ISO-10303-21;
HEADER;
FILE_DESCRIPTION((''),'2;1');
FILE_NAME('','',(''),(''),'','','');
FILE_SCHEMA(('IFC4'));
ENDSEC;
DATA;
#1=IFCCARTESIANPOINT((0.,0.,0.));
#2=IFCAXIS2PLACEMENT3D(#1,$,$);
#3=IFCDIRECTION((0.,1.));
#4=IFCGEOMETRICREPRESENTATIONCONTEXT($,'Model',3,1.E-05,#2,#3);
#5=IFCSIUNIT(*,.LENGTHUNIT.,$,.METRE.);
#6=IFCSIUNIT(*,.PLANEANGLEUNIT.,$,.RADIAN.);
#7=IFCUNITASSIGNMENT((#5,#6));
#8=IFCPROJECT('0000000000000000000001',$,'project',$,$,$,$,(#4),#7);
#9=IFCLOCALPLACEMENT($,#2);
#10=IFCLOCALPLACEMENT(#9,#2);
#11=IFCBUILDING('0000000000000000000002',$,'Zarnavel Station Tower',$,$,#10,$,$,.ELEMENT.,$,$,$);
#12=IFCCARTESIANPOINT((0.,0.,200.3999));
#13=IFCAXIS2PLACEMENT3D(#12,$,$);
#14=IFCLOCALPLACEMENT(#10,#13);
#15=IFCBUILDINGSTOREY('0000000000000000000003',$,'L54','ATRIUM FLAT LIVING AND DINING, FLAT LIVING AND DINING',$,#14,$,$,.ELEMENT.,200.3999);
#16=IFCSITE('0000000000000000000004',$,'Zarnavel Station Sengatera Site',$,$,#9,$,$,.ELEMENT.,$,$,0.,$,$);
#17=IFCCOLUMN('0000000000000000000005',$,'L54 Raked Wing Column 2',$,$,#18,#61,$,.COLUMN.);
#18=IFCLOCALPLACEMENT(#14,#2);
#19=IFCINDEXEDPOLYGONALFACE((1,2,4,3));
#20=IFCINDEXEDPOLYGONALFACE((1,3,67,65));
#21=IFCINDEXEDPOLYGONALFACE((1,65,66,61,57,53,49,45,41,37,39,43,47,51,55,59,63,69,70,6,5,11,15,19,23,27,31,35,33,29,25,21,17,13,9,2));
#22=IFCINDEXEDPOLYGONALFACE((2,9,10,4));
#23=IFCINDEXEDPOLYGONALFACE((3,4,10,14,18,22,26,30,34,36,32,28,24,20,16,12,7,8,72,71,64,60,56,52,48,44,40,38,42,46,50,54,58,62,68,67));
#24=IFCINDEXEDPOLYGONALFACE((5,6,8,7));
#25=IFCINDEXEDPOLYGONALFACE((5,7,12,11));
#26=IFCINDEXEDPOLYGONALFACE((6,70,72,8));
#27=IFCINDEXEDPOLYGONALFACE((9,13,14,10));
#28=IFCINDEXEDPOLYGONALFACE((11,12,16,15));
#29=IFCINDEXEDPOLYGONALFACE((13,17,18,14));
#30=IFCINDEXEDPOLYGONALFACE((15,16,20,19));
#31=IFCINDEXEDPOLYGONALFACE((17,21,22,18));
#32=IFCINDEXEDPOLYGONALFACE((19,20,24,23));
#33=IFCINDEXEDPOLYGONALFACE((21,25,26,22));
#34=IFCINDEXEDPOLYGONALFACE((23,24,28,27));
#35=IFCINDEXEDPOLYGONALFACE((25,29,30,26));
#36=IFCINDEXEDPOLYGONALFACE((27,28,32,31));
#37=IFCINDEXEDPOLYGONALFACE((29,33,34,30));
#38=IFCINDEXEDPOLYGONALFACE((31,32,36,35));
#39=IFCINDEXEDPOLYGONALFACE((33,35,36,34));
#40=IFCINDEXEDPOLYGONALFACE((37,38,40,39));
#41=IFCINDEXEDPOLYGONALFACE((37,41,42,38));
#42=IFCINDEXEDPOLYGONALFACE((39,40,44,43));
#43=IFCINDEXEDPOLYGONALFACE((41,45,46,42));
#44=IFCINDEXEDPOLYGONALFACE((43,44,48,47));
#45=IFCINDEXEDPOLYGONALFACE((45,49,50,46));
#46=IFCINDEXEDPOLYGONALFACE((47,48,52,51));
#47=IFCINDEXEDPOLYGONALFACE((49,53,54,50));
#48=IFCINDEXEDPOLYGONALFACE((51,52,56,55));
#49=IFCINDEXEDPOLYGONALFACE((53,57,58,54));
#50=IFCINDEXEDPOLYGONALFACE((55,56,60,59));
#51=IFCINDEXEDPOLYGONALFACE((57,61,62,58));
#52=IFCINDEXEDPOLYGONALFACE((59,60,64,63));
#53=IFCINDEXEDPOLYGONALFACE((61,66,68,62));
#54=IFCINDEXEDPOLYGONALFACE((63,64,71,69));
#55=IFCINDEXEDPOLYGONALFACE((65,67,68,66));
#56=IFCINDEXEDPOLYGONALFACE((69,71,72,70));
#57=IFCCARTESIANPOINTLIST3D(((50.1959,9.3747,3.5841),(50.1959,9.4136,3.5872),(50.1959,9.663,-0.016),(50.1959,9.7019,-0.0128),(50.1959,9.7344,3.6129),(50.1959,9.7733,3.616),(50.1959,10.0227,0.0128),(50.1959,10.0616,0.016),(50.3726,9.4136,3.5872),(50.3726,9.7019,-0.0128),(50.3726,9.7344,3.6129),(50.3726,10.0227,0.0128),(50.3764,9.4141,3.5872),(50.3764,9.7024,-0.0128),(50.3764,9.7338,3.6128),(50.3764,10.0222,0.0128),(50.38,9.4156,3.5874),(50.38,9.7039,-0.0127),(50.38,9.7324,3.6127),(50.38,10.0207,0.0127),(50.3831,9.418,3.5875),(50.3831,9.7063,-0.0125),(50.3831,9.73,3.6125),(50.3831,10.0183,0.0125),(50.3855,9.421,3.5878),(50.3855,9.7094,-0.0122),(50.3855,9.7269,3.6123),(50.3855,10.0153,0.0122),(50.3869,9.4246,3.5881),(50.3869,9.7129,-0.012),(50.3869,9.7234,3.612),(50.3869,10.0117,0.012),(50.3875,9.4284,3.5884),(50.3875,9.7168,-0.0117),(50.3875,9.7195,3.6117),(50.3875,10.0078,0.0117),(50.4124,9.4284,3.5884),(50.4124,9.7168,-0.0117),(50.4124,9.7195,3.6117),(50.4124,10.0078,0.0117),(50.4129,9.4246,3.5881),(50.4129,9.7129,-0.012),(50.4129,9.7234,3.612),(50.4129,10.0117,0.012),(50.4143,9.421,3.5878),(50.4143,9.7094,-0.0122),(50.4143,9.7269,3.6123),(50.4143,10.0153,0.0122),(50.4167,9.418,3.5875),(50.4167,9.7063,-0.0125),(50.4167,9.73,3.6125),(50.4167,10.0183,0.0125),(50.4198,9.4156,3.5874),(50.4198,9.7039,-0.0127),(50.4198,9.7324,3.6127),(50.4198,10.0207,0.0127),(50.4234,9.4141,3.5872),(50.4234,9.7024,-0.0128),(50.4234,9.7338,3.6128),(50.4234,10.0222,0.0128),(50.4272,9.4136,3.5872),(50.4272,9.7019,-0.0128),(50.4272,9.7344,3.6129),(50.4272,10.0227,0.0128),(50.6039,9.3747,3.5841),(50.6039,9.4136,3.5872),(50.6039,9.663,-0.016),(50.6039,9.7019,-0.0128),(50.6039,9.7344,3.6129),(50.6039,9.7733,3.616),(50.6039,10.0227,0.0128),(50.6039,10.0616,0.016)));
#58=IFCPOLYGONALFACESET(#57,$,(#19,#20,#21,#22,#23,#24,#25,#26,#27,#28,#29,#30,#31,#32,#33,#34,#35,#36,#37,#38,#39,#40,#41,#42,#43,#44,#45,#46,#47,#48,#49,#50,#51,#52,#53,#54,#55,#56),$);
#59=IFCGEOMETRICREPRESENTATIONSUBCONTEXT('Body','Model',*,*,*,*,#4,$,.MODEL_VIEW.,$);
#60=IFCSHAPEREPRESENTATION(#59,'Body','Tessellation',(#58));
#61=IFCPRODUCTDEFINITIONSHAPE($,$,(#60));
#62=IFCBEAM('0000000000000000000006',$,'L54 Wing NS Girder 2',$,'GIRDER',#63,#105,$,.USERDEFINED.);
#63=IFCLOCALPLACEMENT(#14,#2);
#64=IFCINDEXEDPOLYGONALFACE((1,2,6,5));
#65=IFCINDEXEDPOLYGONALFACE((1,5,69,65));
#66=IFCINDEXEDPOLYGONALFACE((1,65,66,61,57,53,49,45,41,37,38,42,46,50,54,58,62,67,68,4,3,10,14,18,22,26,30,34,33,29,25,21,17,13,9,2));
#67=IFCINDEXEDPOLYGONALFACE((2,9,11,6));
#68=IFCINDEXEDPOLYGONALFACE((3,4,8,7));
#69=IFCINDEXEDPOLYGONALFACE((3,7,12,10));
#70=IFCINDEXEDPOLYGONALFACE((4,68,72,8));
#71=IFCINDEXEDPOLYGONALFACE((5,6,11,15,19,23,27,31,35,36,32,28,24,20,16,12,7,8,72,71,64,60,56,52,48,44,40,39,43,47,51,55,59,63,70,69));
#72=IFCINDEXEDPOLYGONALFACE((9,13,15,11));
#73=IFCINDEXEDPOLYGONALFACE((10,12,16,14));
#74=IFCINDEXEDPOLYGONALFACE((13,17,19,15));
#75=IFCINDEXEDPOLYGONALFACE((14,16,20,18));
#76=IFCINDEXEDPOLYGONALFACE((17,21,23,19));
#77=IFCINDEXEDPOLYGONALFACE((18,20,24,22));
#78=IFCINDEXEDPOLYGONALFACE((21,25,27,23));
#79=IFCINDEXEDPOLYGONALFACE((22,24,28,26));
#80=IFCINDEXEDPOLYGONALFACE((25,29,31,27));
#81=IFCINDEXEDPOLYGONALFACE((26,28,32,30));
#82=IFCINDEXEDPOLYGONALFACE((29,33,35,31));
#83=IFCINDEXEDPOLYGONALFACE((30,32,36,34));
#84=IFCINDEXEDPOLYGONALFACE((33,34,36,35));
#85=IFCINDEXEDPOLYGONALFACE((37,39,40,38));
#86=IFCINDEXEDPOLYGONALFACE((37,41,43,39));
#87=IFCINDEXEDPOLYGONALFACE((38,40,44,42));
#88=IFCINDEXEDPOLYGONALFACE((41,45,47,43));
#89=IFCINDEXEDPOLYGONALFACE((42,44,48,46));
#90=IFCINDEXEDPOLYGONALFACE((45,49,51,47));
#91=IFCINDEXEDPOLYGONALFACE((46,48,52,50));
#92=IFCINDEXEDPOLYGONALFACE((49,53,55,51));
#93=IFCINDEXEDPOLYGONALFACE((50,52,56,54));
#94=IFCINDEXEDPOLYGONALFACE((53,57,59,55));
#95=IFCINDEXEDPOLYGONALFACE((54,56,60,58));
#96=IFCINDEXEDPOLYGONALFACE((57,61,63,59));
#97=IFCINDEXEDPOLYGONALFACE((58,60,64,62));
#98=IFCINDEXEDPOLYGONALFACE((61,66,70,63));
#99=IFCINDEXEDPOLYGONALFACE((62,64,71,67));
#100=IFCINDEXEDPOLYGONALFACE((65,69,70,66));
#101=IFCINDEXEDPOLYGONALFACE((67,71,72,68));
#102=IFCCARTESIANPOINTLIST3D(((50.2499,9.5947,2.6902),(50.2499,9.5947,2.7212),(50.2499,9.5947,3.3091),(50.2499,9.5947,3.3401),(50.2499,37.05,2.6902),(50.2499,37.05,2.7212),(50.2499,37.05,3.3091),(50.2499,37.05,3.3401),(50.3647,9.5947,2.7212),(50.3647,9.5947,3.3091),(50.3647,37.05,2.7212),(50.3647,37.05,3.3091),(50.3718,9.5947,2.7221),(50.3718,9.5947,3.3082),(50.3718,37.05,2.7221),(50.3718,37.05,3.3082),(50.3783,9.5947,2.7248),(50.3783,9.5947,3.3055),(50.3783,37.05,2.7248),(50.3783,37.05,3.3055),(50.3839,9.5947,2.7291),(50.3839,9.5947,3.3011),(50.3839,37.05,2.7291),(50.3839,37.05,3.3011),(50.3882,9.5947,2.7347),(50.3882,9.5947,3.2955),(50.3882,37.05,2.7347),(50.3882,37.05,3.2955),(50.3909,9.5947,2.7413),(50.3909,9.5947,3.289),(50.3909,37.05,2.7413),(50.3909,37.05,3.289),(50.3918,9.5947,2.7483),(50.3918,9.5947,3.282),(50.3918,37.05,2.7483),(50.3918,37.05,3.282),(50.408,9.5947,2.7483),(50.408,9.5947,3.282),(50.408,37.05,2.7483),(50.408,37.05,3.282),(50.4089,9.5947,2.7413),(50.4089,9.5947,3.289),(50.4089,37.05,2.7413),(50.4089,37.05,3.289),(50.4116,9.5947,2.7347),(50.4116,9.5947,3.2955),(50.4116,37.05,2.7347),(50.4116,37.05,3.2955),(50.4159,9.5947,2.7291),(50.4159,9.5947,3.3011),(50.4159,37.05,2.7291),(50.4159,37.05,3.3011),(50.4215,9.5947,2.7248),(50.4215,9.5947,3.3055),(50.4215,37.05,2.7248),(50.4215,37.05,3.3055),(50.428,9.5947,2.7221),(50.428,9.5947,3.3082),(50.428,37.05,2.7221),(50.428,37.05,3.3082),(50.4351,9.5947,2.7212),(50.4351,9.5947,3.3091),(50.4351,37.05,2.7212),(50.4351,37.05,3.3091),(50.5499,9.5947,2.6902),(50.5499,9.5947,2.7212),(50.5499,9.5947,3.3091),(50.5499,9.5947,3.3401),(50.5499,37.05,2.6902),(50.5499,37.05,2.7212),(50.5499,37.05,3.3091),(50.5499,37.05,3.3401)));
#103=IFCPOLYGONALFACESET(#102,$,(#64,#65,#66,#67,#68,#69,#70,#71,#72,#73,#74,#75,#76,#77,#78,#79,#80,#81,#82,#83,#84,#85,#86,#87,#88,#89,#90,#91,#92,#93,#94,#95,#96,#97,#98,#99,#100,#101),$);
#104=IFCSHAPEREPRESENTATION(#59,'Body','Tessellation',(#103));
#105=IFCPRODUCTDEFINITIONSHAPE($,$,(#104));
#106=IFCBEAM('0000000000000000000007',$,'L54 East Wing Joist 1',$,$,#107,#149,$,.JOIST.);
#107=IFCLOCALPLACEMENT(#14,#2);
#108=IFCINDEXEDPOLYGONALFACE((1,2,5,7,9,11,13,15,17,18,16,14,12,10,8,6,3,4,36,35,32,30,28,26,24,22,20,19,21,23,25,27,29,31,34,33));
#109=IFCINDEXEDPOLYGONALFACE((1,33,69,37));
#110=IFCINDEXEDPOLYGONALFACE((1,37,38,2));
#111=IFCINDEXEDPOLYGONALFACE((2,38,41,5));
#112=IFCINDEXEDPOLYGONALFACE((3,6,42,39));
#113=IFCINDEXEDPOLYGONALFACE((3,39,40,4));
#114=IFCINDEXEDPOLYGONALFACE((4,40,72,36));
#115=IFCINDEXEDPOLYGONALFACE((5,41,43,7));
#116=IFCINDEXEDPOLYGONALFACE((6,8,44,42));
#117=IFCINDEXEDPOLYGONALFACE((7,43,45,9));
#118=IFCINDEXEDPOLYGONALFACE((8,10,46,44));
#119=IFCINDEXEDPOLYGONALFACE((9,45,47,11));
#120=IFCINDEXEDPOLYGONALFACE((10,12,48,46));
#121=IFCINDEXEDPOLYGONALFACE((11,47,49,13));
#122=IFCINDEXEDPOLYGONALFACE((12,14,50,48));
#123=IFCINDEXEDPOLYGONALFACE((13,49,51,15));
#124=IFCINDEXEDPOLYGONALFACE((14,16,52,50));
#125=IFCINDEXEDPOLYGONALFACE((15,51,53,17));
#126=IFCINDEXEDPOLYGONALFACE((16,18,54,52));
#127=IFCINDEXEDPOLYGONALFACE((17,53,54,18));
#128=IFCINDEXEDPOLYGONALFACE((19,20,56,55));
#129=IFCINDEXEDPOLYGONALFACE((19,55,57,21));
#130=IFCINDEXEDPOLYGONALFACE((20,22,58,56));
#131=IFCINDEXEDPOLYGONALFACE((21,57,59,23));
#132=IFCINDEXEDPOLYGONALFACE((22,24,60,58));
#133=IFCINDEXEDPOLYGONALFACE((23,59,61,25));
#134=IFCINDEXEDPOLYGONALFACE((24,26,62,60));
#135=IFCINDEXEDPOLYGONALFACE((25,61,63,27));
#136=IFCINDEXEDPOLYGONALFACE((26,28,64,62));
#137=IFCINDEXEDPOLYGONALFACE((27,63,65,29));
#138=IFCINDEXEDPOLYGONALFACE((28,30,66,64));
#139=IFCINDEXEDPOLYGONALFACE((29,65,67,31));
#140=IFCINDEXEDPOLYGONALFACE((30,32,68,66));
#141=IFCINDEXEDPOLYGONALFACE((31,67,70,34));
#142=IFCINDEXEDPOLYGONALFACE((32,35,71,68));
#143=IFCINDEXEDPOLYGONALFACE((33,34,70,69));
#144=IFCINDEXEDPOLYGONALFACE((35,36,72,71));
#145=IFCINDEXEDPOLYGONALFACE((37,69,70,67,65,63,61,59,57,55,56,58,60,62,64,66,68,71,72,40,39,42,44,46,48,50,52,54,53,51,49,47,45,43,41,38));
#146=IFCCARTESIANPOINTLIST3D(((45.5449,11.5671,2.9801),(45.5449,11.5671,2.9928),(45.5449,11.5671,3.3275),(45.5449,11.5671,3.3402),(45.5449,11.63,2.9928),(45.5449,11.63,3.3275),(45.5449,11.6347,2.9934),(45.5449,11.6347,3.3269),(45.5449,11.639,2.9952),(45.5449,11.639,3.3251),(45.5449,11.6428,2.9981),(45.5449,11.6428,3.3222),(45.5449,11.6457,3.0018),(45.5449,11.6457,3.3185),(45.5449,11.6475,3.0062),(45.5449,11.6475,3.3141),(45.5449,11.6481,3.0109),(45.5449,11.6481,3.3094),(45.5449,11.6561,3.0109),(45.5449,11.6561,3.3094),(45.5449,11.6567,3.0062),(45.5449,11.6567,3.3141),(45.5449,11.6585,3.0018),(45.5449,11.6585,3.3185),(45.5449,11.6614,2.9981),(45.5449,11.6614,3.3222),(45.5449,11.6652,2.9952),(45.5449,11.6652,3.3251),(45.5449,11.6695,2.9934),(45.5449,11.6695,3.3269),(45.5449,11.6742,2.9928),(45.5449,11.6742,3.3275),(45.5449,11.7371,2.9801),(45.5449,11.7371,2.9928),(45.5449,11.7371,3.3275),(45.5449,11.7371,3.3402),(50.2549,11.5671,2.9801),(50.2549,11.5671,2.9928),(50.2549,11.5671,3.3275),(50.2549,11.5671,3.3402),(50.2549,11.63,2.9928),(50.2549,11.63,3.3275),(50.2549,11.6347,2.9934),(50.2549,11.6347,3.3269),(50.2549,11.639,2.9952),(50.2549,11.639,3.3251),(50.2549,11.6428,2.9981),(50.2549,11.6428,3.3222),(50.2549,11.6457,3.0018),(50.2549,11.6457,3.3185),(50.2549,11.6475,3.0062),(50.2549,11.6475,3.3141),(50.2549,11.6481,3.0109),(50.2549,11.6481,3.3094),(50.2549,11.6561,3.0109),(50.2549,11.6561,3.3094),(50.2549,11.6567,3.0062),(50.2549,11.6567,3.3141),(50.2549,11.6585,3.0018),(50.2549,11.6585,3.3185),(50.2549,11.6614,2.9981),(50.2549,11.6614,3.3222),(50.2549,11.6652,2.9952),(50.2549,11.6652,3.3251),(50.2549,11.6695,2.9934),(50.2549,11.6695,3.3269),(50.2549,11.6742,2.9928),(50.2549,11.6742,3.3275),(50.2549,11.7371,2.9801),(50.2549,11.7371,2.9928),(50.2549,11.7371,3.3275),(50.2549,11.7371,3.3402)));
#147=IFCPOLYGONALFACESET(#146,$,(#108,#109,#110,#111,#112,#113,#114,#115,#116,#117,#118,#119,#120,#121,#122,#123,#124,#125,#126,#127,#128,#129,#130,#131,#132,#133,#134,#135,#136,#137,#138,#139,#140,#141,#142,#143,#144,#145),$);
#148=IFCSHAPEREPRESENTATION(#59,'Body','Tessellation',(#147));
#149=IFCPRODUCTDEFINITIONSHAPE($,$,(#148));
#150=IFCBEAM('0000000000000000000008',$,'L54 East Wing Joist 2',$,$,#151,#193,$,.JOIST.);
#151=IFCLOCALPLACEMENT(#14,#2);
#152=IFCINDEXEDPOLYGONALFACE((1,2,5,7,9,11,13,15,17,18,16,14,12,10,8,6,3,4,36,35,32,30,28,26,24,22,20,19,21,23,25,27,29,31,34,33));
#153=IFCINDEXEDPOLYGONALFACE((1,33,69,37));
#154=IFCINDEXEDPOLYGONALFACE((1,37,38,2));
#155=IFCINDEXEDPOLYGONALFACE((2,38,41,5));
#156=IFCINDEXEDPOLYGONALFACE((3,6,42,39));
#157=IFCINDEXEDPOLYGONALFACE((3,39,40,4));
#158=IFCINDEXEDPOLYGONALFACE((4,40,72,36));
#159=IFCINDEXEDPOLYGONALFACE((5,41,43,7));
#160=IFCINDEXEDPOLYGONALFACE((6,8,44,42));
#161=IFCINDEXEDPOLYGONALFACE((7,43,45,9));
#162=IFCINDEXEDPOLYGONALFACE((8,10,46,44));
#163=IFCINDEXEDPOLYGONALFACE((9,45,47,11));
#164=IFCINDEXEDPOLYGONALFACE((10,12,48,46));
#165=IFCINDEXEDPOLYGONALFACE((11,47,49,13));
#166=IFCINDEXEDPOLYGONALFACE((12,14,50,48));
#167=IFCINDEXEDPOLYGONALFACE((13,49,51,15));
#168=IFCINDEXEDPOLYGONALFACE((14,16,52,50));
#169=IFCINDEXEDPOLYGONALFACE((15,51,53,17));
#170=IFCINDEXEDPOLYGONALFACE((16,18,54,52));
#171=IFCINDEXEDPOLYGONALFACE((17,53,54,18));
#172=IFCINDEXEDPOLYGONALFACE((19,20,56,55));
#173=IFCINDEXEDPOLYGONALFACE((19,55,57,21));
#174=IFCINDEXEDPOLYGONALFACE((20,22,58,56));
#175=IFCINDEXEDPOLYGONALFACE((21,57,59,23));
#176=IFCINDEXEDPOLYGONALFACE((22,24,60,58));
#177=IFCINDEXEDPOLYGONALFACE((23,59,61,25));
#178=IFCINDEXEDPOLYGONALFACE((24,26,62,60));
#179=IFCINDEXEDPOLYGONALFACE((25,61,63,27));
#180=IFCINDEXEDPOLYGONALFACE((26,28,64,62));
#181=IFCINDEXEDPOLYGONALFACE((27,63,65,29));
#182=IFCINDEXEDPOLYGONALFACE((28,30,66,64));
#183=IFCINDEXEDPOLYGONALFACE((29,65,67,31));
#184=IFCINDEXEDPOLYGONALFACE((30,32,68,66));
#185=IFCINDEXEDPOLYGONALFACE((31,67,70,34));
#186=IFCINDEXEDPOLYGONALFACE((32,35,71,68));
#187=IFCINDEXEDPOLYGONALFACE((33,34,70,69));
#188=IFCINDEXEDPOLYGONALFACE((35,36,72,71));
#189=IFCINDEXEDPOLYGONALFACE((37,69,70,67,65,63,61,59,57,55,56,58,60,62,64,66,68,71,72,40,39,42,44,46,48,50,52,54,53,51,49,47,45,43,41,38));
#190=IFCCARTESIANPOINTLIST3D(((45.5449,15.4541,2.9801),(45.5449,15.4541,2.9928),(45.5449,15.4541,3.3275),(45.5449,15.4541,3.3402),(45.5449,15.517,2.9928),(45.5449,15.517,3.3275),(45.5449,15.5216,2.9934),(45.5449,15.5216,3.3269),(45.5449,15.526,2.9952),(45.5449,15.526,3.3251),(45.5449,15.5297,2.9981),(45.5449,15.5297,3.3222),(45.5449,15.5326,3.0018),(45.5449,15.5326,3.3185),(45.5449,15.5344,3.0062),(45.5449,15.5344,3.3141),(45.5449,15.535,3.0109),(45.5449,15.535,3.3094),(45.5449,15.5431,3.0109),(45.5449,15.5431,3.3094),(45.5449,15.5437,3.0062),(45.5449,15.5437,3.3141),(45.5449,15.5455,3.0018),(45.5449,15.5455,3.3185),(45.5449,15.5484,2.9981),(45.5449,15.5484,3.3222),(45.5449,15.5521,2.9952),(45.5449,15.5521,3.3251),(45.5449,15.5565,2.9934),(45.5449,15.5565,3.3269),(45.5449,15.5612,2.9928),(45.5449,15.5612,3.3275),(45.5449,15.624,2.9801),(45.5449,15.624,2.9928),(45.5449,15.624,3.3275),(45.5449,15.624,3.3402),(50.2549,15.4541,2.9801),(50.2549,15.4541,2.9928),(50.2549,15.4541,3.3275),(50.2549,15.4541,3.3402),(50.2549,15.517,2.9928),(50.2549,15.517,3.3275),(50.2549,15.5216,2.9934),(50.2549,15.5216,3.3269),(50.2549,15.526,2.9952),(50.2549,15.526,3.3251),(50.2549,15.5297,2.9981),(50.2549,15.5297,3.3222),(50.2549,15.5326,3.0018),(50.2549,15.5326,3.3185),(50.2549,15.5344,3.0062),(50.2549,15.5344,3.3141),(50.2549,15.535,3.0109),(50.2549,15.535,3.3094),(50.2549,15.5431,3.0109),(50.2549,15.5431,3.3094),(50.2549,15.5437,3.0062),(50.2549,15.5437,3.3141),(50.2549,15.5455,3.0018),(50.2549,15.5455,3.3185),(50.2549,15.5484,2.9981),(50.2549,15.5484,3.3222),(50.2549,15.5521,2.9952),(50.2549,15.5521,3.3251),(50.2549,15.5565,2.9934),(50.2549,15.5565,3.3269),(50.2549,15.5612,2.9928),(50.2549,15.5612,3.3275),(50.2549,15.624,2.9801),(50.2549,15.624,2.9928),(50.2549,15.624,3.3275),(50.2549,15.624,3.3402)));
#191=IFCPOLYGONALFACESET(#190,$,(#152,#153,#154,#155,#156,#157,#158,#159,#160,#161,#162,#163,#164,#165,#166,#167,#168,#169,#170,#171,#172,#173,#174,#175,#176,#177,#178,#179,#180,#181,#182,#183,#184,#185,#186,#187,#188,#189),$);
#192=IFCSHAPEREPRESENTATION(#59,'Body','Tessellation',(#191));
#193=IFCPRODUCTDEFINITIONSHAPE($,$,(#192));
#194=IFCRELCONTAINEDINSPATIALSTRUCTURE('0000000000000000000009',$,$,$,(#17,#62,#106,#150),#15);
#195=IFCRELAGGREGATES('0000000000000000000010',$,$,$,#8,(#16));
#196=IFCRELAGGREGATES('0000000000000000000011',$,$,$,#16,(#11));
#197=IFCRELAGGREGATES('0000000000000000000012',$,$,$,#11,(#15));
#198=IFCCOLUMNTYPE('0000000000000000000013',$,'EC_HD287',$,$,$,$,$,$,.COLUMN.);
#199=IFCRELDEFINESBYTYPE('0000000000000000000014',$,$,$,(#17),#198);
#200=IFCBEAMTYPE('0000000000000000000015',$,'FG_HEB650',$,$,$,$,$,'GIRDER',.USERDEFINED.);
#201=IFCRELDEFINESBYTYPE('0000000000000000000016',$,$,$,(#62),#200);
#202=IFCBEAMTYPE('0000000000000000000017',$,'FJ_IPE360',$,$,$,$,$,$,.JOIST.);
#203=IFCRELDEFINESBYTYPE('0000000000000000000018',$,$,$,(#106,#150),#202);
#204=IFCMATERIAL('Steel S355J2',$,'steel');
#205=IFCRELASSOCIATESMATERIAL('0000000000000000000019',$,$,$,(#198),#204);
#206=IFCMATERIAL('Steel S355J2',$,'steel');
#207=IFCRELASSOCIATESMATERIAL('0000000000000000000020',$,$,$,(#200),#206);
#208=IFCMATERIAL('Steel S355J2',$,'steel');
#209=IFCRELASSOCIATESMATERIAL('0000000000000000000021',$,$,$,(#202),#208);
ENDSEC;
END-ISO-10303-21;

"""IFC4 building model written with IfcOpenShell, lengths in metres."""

from ifc_helpers import new_model, si_unit, direction, frame, origin, origin_2d, place, context, subcontext, project, spatial, i_section, extrude, material, material_profile, profile_set, type_object, element, save


model = new_model("IFC4")

# Units and contexts
model_context = context("Model", 3, precision=1e-05, world=origin(), true_north=direction((0.0, 1.0)))
body_context = subcontext(model_context, "Body", "Model", "MODEL_VIEW")
ifc_project = project(units=[si_unit("LENGTHUNIT", "METRE"), si_unit("PLANEANGLEUNIT", "RADIAN")], contexts=[model_context])

# Site, building, storey
site_placement = place(None, origin())
site = spatial("IfcSite", under=ifc_project, at=site_placement, Name="Zarnavel Station Sengatera Site", CompositionType="ELEMENT", RefElevation=0.0)
building_placement = place(site_placement, origin())
building = spatial("IfcBuilding", under=site, at=building_placement, Name="Zarnavel Station Tower", CompositionType="ELEMENT")
storey_placement = place(building_placement, frame((0.0, 0.0, 200.3999)))
storey = spatial("IfcBuildingStorey", under=building, at=storey_placement, Name="L54", Description="ATRIUM FLAT LIVING AND DINING, FLAT LIVING AND DINING", CompositionType="ELEMENT", Elevation=200.3999)

# Column
ifc_material_1 = material(Name="Steel S355J2", Category="steel")
ifc_material_profile_1 = material_profile(ifc_material_1, i_section(OverallWidth=0.408, OverallDepth=0.3999, WebThickness=0.0249, FlangeThickness=0.0391, FilletRadius=0.0149, at=origin_2d()), Name="HD400x287")
ifc_profile_set_1 = profile_set([ifc_material_profile_1], Name="Steel S355J2")
column_type = type_object("IfcColumnType", Name="EC_HD287", PredefinedType="COLUMN", material=ifc_profile_set_1)
column_placement = place(storey_placement, frame((50.3999, 9.8623, 0.0), z_axis=(0.0, -0.079834, 0.996808), x_axis=(1.0, 0.0, 0.0)))
element("IfcColumn", 1, at=column_placement, inside=storey, type_object=column_type, Name="L54 Raked Wing Column 2", PredefinedType="COLUMN", context=body_context, shape_type="SweptSolid", body=[
    extrude(i_section(OverallWidth=0.408, OverallDepth=0.3999, WebThickness=0.0249, FlangeThickness=0.0391, FilletRadius=0.0149, at=origin_2d()), origin(), (0.0, 0.0, 1.0), 3.6116),
])

# Beams
ifc_material_2 = material(Name="Steel S355J2", Category="steel")
ifc_material_profile_2 = material_profile(ifc_material_2, i_section(OverallWidth=0.3, OverallDepth=0.6499, WebThickness=0.0161, FlangeThickness=0.031, FilletRadius=0.0271, at=origin_2d()), Name="HEB650")
ifc_profile_set_2 = profile_set([ifc_material_profile_2], Name="Steel S355J2")
beam_type_1 = type_object("IfcBeamType", Name="FG_HEB650", ElementType="GIRDER", PredefinedType="USERDEFINED", material=ifc_profile_set_2)
beam_placement = place(storey_placement, frame((50.3999, 9.5947, 3.0151), z_axis=(0.0, 1.0, 0.0), x_axis=(-1.0, 0.0, 0.0)))
element("IfcBeam", 2, at=beam_placement, inside=storey, type_object=beam_type_1, Name="L54 Wing NS Girder 2", ObjectType="GIRDER", PredefinedType="USERDEFINED", context=body_context, shape_type="SweptSolid", body=[
    extrude(i_section(OverallWidth=0.3, OverallDepth=0.6499, WebThickness=0.0161, FlangeThickness=0.031, FilletRadius=0.0271, at=origin_2d()), origin(), (0.0, 0.0, 1.0), 27.4553),
])
ifc_material_3 = material(Name="Steel S355J2", Category="steel")
ifc_material_profile_3 = material_profile(ifc_material_3, i_section(OverallWidth=0.1699, OverallDepth=0.3601, WebThickness=0.0081, FlangeThickness=0.0127, FilletRadius=0.0181, at=origin_2d()), Name="IPE360")
ifc_profile_set_3 = profile_set([ifc_material_profile_3], Name="Steel S355J2")
beam_type_2 = type_object("IfcBeamType", Name="FJ_IPE360", PredefinedType="JOIST", material=ifc_profile_set_3)
for number, where, z_axis, x_axis, name in (
    (3, (45.5449, 11.6521, 3.1602), (1.0, 0.0, 0.0), (0.0, 1.0, 0.0), "L54 East Wing Joist 1"),
    (4, (45.5449, 15.5391, 3.1602), (1.0, 0.0, 0.0), (0.0, 1.0, 0.0), "L54 East Wing Joist 2"),
):
    element("IfcBeam", number, at=place(storey_placement, frame(where, z_axis=z_axis, x_axis=x_axis)), inside=storey, type_object=beam_type_2, Name=name, PredefinedType="JOIST", context=body_context, shape_type="SweptSolid", body=[
        extrude(i_section(OverallWidth=0.1699, OverallDepth=0.3601, WebThickness=0.0081, FlangeThickness=0.0127, FilletRadius=0.0181, at=origin_2d()), origin(), (0.0, 0.0, 1.0), 4.71),
    ])

save(model, "model.ifc")
